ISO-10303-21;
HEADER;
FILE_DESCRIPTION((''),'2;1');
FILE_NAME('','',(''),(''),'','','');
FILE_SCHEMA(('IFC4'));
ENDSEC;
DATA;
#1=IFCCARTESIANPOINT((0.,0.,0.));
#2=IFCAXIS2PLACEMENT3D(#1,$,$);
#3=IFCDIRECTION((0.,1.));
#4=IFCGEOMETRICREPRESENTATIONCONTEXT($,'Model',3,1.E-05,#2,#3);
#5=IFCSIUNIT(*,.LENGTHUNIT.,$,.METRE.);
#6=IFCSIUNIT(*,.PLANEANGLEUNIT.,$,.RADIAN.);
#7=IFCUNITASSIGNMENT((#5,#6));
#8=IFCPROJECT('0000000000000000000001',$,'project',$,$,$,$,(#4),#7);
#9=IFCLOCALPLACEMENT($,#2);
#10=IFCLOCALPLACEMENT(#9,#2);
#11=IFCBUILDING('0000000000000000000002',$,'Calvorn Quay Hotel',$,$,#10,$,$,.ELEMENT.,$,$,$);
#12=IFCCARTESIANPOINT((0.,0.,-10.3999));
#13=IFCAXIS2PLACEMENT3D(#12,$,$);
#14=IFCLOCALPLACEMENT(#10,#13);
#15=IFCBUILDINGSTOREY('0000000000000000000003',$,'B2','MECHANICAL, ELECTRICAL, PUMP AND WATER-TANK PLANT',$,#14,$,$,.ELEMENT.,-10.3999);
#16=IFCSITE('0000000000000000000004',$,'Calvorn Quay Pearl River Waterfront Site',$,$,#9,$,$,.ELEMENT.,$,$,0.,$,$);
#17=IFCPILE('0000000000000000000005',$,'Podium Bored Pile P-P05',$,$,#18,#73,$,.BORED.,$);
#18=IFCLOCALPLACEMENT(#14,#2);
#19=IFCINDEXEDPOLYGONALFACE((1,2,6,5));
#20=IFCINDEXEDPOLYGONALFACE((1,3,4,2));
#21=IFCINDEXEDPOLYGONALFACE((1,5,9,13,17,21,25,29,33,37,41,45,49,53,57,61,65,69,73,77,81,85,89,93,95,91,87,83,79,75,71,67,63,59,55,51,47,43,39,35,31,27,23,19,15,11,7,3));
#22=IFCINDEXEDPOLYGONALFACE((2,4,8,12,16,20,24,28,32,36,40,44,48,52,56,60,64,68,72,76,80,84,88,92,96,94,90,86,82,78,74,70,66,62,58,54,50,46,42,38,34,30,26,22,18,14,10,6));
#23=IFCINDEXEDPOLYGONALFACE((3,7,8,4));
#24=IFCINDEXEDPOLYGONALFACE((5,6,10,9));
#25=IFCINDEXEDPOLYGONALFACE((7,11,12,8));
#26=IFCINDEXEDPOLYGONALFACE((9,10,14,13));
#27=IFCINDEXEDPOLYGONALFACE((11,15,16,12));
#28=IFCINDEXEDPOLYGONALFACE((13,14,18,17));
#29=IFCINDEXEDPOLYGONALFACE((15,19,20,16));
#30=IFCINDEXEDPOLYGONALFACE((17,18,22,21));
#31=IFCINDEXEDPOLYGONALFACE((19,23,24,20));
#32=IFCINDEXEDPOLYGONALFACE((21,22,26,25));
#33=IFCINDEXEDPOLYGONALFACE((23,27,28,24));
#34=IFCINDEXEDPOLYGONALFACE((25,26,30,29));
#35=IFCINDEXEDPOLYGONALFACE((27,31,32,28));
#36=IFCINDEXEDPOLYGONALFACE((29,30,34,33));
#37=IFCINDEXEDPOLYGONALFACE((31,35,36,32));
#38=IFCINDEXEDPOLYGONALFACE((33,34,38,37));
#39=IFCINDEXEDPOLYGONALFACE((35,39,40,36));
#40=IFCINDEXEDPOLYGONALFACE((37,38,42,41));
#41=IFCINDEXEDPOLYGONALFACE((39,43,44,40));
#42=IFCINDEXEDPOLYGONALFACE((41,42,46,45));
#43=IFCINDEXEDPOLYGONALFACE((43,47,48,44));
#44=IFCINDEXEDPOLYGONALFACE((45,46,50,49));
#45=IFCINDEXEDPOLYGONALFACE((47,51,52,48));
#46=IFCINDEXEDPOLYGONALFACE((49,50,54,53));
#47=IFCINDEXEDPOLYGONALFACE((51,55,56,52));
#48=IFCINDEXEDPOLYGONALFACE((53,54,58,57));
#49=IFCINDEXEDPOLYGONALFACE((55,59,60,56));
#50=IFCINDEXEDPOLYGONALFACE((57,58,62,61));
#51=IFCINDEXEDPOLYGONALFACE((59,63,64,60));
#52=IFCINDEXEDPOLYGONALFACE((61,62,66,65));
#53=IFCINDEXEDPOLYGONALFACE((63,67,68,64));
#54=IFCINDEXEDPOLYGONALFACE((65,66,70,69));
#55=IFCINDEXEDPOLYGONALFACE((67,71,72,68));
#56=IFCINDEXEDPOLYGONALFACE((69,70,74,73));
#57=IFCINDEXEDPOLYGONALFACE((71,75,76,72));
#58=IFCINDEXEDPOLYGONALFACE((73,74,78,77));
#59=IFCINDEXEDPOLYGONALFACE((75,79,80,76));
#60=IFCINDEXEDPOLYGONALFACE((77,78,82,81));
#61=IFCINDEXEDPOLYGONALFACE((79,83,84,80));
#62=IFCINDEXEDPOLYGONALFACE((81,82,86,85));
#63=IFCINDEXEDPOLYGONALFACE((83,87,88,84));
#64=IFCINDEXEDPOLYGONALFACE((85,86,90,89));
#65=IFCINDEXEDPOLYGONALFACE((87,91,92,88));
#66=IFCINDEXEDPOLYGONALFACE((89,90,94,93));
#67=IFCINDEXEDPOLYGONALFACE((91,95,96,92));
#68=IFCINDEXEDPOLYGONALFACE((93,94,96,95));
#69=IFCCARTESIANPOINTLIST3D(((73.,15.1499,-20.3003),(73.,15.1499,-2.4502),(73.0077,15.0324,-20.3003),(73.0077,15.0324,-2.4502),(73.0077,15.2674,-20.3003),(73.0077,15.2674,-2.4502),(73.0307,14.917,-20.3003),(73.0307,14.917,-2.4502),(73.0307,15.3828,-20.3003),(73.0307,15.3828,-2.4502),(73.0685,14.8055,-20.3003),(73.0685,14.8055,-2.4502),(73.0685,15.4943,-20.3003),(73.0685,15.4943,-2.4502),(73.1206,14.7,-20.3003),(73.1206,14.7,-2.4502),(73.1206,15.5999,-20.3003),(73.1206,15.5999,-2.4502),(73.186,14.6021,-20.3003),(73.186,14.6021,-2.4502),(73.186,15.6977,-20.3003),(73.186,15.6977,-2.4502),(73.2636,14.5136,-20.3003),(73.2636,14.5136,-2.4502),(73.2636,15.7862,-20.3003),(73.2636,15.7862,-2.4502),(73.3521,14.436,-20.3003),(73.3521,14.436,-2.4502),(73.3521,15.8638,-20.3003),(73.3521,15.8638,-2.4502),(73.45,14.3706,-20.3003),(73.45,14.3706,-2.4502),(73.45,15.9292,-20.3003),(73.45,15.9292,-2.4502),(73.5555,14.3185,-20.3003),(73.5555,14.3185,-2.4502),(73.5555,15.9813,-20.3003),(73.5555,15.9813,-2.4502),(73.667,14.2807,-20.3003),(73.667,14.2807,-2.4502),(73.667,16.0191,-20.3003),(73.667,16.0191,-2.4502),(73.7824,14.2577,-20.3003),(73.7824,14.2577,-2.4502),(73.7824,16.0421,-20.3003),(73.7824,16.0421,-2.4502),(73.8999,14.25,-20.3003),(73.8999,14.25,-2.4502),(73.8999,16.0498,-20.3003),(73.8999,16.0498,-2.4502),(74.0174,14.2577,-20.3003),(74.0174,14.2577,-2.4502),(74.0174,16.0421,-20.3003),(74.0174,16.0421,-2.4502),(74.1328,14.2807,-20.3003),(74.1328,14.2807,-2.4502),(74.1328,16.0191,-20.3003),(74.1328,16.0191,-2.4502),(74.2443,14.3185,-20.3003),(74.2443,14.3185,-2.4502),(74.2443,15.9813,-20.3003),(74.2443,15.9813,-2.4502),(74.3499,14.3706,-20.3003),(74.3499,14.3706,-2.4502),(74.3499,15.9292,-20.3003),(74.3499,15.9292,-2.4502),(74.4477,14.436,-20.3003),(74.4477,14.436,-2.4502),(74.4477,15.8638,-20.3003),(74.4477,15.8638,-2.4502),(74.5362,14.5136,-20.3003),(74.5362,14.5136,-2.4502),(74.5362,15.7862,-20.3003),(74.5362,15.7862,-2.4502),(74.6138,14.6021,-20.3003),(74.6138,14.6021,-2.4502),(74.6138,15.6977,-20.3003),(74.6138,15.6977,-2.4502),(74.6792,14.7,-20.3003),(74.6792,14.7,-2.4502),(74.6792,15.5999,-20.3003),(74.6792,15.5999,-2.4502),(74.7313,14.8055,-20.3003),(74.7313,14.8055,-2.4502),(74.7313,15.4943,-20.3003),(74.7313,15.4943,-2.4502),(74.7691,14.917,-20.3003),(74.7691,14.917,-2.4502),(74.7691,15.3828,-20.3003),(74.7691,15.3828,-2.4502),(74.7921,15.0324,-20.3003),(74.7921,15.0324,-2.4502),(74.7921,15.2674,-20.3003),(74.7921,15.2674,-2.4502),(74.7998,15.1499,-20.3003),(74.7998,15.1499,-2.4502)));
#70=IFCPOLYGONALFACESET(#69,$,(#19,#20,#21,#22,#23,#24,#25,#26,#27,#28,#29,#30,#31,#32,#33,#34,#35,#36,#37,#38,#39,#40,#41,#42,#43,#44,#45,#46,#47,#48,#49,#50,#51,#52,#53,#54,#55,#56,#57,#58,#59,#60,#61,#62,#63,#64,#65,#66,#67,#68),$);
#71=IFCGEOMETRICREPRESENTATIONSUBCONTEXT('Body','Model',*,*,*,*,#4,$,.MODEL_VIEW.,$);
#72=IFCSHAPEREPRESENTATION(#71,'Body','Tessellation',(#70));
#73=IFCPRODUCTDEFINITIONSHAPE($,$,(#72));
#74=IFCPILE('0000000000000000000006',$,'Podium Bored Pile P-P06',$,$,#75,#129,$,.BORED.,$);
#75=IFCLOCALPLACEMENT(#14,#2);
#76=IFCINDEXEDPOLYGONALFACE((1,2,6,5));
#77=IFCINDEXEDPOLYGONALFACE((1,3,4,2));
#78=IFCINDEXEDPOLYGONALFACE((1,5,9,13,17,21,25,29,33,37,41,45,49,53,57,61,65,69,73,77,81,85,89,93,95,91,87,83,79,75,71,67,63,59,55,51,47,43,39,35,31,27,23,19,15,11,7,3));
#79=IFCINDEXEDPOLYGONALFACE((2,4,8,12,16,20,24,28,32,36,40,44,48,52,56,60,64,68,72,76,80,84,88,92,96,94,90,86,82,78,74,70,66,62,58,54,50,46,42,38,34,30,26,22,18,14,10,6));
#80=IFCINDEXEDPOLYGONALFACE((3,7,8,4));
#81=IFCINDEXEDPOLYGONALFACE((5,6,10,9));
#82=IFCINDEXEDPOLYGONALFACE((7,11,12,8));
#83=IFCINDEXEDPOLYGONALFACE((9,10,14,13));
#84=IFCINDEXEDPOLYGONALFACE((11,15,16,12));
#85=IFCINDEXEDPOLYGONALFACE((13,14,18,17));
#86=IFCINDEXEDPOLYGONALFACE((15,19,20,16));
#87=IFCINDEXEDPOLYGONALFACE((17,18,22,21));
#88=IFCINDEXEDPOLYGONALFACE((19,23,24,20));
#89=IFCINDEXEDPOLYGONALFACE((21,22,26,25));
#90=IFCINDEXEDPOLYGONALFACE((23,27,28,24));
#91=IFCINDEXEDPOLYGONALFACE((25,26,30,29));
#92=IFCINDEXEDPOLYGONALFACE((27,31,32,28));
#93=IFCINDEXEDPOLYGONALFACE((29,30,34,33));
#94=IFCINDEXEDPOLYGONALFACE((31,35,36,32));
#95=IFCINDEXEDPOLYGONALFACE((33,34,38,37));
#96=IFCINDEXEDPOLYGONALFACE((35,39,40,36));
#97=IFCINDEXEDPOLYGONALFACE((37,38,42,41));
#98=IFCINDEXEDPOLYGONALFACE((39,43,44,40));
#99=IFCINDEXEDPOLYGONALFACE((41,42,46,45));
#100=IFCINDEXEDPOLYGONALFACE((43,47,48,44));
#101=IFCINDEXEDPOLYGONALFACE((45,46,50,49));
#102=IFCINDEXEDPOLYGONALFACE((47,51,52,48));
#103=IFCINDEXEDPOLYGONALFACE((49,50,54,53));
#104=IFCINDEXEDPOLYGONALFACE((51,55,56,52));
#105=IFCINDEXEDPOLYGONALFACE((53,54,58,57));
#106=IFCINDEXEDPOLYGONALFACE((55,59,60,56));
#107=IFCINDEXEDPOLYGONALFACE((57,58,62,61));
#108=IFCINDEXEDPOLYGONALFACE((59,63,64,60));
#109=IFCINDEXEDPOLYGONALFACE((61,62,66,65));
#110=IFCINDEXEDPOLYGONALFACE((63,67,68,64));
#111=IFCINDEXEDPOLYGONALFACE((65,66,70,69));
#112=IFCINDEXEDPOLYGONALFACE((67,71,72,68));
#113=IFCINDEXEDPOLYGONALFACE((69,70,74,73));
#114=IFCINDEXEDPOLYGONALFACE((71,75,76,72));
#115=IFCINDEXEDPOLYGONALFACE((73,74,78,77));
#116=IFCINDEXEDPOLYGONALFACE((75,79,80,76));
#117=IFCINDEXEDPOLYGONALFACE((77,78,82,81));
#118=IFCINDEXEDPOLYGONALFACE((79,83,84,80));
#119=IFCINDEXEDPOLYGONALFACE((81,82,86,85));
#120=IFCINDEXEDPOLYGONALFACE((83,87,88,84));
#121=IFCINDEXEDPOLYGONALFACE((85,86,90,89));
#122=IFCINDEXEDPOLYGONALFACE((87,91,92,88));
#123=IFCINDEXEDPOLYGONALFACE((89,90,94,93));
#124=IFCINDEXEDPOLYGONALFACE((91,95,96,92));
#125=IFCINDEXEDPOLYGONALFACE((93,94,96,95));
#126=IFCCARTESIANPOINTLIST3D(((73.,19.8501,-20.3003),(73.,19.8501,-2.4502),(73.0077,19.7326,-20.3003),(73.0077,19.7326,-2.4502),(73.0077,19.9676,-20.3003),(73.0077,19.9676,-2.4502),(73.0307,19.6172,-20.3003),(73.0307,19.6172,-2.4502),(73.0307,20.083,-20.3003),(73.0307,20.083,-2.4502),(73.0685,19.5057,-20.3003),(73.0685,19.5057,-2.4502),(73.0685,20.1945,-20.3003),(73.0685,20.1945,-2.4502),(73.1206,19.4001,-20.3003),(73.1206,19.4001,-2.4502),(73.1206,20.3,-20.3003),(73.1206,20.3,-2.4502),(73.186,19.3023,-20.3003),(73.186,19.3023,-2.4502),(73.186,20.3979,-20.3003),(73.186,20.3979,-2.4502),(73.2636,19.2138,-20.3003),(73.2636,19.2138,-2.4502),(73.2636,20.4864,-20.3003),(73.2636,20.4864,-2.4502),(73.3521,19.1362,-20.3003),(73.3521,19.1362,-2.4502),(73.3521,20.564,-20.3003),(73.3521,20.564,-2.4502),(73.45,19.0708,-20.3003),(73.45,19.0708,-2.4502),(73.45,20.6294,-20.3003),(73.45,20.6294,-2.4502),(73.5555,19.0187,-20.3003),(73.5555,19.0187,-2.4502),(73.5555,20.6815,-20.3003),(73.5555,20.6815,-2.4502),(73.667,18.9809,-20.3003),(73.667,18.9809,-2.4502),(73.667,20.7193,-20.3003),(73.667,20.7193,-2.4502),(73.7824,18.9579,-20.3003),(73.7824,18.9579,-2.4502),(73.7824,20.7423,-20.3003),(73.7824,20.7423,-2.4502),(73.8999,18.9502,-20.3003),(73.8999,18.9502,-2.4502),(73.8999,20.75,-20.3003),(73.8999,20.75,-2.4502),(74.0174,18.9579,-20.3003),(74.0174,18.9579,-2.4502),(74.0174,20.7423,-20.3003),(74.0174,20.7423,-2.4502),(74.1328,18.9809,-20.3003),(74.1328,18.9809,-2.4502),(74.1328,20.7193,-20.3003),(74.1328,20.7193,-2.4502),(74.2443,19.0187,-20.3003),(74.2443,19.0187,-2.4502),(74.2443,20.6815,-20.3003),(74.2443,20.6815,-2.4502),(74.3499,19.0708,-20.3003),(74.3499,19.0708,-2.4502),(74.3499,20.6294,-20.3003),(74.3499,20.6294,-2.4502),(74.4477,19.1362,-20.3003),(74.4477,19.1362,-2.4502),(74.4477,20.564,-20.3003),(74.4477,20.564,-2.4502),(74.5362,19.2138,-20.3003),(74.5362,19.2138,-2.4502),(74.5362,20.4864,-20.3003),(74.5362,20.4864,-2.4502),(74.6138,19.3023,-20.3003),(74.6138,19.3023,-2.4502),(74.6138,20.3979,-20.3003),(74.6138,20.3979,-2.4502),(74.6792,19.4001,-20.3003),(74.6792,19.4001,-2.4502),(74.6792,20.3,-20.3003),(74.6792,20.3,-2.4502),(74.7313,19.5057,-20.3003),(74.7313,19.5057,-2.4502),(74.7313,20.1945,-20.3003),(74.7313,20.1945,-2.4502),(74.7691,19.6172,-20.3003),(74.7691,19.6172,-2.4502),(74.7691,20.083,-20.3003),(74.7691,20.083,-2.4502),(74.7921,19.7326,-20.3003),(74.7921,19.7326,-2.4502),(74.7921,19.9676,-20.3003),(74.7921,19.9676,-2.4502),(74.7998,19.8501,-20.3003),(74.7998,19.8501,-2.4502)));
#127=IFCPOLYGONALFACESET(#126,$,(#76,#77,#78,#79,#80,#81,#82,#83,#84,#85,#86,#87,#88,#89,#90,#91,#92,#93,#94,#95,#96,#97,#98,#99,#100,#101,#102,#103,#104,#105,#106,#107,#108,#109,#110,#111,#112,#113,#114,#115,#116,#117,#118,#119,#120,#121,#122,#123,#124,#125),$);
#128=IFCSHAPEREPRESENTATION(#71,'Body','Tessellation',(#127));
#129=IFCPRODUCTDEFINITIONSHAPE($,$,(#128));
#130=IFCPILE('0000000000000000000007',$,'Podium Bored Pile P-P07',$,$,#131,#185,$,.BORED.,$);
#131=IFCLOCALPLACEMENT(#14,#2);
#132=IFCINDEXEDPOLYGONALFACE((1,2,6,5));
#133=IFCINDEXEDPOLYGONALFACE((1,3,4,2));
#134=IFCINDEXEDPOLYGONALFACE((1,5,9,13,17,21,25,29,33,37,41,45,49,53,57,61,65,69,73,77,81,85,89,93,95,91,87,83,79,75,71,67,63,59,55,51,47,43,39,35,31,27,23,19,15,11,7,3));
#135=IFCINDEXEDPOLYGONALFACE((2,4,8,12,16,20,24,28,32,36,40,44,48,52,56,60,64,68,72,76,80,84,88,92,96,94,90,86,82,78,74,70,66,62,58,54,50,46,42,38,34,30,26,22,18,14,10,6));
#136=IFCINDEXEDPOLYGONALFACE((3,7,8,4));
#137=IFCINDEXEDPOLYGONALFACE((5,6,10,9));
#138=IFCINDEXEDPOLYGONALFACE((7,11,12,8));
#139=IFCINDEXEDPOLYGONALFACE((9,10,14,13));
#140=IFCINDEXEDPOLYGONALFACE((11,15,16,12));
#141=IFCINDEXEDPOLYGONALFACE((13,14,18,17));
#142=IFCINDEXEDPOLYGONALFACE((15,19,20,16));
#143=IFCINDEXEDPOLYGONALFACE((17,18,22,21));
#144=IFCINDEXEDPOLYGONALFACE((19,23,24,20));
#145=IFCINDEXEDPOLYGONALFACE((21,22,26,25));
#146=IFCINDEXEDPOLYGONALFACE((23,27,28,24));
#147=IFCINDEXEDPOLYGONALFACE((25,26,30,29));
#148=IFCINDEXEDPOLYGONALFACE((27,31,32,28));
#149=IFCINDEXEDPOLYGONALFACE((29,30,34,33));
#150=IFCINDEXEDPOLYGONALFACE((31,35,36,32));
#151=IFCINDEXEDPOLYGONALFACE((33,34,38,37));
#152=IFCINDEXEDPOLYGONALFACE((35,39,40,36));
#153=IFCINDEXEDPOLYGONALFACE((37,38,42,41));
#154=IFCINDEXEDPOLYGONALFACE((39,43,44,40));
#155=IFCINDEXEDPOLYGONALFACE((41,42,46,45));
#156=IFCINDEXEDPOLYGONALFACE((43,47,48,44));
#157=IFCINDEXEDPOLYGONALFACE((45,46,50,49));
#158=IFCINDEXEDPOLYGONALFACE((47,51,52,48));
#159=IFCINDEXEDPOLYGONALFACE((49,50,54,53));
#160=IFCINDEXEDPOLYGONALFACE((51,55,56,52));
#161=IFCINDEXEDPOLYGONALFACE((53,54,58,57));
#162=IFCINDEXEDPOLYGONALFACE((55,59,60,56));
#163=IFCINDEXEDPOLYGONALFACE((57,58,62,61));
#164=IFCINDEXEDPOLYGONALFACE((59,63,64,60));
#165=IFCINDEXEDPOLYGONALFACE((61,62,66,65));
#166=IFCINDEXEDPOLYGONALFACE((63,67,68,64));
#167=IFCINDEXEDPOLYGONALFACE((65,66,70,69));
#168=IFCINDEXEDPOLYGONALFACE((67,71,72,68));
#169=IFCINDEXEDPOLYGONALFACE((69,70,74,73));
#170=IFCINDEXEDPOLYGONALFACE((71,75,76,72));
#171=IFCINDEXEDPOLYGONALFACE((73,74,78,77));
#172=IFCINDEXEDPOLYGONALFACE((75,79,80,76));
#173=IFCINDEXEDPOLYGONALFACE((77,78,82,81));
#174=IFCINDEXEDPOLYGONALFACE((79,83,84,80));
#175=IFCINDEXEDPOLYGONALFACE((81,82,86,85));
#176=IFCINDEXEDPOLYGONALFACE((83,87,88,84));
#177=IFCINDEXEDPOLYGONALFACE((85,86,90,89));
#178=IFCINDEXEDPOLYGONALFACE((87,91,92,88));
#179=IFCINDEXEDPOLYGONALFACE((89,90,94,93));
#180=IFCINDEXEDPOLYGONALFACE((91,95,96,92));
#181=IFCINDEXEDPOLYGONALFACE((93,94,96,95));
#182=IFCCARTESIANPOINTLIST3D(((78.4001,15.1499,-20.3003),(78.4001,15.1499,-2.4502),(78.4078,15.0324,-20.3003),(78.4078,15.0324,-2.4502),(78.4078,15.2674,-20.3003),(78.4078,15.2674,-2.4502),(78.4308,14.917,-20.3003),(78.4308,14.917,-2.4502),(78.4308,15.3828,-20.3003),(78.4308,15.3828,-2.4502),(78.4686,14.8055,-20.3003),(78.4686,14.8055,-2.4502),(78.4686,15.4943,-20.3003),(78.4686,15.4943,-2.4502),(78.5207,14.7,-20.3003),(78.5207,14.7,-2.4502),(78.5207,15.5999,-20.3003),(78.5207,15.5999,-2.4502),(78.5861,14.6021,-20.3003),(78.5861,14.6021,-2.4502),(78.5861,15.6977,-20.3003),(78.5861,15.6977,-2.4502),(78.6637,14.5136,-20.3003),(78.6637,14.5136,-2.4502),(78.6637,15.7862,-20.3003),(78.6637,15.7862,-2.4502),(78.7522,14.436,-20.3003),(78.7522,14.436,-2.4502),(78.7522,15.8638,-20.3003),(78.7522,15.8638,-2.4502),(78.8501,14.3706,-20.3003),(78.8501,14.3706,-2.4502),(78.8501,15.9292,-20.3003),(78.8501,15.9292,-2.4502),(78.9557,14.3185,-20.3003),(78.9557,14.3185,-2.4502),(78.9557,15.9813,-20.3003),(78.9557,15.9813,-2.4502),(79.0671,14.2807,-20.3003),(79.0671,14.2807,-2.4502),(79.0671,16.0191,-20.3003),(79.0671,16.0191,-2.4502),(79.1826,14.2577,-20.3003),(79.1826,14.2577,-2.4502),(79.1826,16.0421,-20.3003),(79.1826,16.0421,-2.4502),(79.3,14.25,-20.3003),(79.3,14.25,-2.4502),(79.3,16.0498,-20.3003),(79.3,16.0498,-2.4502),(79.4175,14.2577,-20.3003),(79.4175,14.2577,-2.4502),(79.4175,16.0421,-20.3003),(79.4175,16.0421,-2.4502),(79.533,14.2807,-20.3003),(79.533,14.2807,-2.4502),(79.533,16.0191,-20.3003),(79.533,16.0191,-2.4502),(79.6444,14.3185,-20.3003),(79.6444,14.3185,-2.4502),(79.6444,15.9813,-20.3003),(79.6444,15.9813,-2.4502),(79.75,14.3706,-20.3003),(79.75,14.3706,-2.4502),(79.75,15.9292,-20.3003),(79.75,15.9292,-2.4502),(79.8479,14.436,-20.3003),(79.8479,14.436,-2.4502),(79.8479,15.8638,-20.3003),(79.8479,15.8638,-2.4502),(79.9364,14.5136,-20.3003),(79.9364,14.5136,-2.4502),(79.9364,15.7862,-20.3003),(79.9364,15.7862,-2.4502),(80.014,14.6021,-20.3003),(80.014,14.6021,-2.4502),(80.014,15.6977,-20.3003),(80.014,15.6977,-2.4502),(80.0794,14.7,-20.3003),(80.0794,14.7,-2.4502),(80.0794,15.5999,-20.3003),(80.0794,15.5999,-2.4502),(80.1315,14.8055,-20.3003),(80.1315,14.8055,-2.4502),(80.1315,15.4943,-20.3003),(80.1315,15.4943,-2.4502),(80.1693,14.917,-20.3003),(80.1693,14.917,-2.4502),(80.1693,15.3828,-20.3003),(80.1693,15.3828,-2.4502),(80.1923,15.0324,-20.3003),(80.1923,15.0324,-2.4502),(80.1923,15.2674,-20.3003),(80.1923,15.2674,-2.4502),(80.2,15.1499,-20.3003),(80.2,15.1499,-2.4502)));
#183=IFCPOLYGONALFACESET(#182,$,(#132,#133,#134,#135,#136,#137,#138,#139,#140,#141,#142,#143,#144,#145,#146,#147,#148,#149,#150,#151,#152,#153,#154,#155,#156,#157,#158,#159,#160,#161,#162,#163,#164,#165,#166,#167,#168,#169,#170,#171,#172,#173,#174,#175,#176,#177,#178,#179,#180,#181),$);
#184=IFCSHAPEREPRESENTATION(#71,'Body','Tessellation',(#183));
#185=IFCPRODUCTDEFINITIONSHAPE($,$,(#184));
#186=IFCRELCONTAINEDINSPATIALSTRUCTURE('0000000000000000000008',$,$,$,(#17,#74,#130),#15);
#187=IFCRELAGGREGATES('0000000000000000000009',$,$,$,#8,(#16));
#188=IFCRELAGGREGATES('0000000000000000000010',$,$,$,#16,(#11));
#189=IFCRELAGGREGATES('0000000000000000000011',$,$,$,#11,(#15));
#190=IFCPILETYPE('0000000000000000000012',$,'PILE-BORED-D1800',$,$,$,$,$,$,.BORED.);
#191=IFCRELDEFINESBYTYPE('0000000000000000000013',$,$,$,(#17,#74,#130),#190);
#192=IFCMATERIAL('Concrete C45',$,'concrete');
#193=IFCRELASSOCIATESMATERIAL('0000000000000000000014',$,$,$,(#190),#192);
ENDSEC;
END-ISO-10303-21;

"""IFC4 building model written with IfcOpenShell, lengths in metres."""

from ifc_helpers import new_model, si_unit, direction, frame, origin, origin_2d, place, context, subcontext, project, spatial, circle, extrude, material, material_profile, profile_set, type_object, element, save


model = new_model("IFC4")

# Units and contexts
model_context = context("Model", 3, precision=1e-05, world=origin(), true_north=direction((0.0, 1.0)))
body_context = subcontext(model_context, "Body", "Model", "MODEL_VIEW")
ifc_project = project(units=[si_unit("LENGTHUNIT", "METRE"), si_unit("PLANEANGLEUNIT", "RADIAN")], contexts=[model_context])

# Site, building, storey
site_placement = place(None, origin())
site = spatial("IfcSite", under=ifc_project, at=site_placement, Name="Calvorn Quay Pearl River Waterfront Site", CompositionType="ELEMENT", RefElevation=0.0)
building_placement = place(site_placement, origin())
building = spatial("IfcBuilding", under=site, at=building_placement, Name="Calvorn Quay Hotel", CompositionType="ELEMENT")
storey_placement = place(building_placement, frame((0.0, 0.0, -10.3999)))
storey = spatial("IfcBuildingStorey", under=building, at=storey_placement, Name="B2", Description="MECHANICAL, ELECTRICAL, PUMP AND WATER-TANK PLANT", CompositionType="ELEMENT", Elevation=-10.3999)

# Piles
ifc_material_1 = material(Name="Concrete C45", Category="concrete")
ifc_material_profile_1 = material_profile(ifc_material_1, circle(Radius=0.8999, at=origin_2d()), Name="PILE-D1800")
ifc_profile_set_1 = profile_set([ifc_material_profile_1], Name="Concrete C45")
pile_type = type_object("IfcPileType", Name="PILE-BORED-D1800", PredefinedType="BORED", material=ifc_profile_set_1)
for number, where, z_axis, x_axis, name in (
    (1, (73.8999, 15.1499, -2.4502), (0.0, 0.0, -1.0), (1.0, 0.0, 0.0), "Podium Bored Pile P-P05"),
    (2, (73.8999, 19.8501, -2.4502), (0.0, 0.0, -1.0), (1.0, 0.0, 0.0), "Podium Bored Pile P-P06"),
    (3, (79.3, 15.1499, -2.4502), (0.0, 0.0, -1.0), (1.0, 0.0, 0.0), "Podium Bored Pile P-P07"),
):
    element("IfcPile", number, at=place(storey_placement, frame(where, z_axis=z_axis, x_axis=x_axis)), inside=storey, type_object=pile_type, Name=name, PredefinedType="BORED", context=body_context, shape_type="SweptSolid", body=[
        extrude(circle(Radius=0.8999, at=origin_2d()), origin(), (0.0, 0.0, 1.0), 17.8501),
    ])

save(model, "model.ifc")
